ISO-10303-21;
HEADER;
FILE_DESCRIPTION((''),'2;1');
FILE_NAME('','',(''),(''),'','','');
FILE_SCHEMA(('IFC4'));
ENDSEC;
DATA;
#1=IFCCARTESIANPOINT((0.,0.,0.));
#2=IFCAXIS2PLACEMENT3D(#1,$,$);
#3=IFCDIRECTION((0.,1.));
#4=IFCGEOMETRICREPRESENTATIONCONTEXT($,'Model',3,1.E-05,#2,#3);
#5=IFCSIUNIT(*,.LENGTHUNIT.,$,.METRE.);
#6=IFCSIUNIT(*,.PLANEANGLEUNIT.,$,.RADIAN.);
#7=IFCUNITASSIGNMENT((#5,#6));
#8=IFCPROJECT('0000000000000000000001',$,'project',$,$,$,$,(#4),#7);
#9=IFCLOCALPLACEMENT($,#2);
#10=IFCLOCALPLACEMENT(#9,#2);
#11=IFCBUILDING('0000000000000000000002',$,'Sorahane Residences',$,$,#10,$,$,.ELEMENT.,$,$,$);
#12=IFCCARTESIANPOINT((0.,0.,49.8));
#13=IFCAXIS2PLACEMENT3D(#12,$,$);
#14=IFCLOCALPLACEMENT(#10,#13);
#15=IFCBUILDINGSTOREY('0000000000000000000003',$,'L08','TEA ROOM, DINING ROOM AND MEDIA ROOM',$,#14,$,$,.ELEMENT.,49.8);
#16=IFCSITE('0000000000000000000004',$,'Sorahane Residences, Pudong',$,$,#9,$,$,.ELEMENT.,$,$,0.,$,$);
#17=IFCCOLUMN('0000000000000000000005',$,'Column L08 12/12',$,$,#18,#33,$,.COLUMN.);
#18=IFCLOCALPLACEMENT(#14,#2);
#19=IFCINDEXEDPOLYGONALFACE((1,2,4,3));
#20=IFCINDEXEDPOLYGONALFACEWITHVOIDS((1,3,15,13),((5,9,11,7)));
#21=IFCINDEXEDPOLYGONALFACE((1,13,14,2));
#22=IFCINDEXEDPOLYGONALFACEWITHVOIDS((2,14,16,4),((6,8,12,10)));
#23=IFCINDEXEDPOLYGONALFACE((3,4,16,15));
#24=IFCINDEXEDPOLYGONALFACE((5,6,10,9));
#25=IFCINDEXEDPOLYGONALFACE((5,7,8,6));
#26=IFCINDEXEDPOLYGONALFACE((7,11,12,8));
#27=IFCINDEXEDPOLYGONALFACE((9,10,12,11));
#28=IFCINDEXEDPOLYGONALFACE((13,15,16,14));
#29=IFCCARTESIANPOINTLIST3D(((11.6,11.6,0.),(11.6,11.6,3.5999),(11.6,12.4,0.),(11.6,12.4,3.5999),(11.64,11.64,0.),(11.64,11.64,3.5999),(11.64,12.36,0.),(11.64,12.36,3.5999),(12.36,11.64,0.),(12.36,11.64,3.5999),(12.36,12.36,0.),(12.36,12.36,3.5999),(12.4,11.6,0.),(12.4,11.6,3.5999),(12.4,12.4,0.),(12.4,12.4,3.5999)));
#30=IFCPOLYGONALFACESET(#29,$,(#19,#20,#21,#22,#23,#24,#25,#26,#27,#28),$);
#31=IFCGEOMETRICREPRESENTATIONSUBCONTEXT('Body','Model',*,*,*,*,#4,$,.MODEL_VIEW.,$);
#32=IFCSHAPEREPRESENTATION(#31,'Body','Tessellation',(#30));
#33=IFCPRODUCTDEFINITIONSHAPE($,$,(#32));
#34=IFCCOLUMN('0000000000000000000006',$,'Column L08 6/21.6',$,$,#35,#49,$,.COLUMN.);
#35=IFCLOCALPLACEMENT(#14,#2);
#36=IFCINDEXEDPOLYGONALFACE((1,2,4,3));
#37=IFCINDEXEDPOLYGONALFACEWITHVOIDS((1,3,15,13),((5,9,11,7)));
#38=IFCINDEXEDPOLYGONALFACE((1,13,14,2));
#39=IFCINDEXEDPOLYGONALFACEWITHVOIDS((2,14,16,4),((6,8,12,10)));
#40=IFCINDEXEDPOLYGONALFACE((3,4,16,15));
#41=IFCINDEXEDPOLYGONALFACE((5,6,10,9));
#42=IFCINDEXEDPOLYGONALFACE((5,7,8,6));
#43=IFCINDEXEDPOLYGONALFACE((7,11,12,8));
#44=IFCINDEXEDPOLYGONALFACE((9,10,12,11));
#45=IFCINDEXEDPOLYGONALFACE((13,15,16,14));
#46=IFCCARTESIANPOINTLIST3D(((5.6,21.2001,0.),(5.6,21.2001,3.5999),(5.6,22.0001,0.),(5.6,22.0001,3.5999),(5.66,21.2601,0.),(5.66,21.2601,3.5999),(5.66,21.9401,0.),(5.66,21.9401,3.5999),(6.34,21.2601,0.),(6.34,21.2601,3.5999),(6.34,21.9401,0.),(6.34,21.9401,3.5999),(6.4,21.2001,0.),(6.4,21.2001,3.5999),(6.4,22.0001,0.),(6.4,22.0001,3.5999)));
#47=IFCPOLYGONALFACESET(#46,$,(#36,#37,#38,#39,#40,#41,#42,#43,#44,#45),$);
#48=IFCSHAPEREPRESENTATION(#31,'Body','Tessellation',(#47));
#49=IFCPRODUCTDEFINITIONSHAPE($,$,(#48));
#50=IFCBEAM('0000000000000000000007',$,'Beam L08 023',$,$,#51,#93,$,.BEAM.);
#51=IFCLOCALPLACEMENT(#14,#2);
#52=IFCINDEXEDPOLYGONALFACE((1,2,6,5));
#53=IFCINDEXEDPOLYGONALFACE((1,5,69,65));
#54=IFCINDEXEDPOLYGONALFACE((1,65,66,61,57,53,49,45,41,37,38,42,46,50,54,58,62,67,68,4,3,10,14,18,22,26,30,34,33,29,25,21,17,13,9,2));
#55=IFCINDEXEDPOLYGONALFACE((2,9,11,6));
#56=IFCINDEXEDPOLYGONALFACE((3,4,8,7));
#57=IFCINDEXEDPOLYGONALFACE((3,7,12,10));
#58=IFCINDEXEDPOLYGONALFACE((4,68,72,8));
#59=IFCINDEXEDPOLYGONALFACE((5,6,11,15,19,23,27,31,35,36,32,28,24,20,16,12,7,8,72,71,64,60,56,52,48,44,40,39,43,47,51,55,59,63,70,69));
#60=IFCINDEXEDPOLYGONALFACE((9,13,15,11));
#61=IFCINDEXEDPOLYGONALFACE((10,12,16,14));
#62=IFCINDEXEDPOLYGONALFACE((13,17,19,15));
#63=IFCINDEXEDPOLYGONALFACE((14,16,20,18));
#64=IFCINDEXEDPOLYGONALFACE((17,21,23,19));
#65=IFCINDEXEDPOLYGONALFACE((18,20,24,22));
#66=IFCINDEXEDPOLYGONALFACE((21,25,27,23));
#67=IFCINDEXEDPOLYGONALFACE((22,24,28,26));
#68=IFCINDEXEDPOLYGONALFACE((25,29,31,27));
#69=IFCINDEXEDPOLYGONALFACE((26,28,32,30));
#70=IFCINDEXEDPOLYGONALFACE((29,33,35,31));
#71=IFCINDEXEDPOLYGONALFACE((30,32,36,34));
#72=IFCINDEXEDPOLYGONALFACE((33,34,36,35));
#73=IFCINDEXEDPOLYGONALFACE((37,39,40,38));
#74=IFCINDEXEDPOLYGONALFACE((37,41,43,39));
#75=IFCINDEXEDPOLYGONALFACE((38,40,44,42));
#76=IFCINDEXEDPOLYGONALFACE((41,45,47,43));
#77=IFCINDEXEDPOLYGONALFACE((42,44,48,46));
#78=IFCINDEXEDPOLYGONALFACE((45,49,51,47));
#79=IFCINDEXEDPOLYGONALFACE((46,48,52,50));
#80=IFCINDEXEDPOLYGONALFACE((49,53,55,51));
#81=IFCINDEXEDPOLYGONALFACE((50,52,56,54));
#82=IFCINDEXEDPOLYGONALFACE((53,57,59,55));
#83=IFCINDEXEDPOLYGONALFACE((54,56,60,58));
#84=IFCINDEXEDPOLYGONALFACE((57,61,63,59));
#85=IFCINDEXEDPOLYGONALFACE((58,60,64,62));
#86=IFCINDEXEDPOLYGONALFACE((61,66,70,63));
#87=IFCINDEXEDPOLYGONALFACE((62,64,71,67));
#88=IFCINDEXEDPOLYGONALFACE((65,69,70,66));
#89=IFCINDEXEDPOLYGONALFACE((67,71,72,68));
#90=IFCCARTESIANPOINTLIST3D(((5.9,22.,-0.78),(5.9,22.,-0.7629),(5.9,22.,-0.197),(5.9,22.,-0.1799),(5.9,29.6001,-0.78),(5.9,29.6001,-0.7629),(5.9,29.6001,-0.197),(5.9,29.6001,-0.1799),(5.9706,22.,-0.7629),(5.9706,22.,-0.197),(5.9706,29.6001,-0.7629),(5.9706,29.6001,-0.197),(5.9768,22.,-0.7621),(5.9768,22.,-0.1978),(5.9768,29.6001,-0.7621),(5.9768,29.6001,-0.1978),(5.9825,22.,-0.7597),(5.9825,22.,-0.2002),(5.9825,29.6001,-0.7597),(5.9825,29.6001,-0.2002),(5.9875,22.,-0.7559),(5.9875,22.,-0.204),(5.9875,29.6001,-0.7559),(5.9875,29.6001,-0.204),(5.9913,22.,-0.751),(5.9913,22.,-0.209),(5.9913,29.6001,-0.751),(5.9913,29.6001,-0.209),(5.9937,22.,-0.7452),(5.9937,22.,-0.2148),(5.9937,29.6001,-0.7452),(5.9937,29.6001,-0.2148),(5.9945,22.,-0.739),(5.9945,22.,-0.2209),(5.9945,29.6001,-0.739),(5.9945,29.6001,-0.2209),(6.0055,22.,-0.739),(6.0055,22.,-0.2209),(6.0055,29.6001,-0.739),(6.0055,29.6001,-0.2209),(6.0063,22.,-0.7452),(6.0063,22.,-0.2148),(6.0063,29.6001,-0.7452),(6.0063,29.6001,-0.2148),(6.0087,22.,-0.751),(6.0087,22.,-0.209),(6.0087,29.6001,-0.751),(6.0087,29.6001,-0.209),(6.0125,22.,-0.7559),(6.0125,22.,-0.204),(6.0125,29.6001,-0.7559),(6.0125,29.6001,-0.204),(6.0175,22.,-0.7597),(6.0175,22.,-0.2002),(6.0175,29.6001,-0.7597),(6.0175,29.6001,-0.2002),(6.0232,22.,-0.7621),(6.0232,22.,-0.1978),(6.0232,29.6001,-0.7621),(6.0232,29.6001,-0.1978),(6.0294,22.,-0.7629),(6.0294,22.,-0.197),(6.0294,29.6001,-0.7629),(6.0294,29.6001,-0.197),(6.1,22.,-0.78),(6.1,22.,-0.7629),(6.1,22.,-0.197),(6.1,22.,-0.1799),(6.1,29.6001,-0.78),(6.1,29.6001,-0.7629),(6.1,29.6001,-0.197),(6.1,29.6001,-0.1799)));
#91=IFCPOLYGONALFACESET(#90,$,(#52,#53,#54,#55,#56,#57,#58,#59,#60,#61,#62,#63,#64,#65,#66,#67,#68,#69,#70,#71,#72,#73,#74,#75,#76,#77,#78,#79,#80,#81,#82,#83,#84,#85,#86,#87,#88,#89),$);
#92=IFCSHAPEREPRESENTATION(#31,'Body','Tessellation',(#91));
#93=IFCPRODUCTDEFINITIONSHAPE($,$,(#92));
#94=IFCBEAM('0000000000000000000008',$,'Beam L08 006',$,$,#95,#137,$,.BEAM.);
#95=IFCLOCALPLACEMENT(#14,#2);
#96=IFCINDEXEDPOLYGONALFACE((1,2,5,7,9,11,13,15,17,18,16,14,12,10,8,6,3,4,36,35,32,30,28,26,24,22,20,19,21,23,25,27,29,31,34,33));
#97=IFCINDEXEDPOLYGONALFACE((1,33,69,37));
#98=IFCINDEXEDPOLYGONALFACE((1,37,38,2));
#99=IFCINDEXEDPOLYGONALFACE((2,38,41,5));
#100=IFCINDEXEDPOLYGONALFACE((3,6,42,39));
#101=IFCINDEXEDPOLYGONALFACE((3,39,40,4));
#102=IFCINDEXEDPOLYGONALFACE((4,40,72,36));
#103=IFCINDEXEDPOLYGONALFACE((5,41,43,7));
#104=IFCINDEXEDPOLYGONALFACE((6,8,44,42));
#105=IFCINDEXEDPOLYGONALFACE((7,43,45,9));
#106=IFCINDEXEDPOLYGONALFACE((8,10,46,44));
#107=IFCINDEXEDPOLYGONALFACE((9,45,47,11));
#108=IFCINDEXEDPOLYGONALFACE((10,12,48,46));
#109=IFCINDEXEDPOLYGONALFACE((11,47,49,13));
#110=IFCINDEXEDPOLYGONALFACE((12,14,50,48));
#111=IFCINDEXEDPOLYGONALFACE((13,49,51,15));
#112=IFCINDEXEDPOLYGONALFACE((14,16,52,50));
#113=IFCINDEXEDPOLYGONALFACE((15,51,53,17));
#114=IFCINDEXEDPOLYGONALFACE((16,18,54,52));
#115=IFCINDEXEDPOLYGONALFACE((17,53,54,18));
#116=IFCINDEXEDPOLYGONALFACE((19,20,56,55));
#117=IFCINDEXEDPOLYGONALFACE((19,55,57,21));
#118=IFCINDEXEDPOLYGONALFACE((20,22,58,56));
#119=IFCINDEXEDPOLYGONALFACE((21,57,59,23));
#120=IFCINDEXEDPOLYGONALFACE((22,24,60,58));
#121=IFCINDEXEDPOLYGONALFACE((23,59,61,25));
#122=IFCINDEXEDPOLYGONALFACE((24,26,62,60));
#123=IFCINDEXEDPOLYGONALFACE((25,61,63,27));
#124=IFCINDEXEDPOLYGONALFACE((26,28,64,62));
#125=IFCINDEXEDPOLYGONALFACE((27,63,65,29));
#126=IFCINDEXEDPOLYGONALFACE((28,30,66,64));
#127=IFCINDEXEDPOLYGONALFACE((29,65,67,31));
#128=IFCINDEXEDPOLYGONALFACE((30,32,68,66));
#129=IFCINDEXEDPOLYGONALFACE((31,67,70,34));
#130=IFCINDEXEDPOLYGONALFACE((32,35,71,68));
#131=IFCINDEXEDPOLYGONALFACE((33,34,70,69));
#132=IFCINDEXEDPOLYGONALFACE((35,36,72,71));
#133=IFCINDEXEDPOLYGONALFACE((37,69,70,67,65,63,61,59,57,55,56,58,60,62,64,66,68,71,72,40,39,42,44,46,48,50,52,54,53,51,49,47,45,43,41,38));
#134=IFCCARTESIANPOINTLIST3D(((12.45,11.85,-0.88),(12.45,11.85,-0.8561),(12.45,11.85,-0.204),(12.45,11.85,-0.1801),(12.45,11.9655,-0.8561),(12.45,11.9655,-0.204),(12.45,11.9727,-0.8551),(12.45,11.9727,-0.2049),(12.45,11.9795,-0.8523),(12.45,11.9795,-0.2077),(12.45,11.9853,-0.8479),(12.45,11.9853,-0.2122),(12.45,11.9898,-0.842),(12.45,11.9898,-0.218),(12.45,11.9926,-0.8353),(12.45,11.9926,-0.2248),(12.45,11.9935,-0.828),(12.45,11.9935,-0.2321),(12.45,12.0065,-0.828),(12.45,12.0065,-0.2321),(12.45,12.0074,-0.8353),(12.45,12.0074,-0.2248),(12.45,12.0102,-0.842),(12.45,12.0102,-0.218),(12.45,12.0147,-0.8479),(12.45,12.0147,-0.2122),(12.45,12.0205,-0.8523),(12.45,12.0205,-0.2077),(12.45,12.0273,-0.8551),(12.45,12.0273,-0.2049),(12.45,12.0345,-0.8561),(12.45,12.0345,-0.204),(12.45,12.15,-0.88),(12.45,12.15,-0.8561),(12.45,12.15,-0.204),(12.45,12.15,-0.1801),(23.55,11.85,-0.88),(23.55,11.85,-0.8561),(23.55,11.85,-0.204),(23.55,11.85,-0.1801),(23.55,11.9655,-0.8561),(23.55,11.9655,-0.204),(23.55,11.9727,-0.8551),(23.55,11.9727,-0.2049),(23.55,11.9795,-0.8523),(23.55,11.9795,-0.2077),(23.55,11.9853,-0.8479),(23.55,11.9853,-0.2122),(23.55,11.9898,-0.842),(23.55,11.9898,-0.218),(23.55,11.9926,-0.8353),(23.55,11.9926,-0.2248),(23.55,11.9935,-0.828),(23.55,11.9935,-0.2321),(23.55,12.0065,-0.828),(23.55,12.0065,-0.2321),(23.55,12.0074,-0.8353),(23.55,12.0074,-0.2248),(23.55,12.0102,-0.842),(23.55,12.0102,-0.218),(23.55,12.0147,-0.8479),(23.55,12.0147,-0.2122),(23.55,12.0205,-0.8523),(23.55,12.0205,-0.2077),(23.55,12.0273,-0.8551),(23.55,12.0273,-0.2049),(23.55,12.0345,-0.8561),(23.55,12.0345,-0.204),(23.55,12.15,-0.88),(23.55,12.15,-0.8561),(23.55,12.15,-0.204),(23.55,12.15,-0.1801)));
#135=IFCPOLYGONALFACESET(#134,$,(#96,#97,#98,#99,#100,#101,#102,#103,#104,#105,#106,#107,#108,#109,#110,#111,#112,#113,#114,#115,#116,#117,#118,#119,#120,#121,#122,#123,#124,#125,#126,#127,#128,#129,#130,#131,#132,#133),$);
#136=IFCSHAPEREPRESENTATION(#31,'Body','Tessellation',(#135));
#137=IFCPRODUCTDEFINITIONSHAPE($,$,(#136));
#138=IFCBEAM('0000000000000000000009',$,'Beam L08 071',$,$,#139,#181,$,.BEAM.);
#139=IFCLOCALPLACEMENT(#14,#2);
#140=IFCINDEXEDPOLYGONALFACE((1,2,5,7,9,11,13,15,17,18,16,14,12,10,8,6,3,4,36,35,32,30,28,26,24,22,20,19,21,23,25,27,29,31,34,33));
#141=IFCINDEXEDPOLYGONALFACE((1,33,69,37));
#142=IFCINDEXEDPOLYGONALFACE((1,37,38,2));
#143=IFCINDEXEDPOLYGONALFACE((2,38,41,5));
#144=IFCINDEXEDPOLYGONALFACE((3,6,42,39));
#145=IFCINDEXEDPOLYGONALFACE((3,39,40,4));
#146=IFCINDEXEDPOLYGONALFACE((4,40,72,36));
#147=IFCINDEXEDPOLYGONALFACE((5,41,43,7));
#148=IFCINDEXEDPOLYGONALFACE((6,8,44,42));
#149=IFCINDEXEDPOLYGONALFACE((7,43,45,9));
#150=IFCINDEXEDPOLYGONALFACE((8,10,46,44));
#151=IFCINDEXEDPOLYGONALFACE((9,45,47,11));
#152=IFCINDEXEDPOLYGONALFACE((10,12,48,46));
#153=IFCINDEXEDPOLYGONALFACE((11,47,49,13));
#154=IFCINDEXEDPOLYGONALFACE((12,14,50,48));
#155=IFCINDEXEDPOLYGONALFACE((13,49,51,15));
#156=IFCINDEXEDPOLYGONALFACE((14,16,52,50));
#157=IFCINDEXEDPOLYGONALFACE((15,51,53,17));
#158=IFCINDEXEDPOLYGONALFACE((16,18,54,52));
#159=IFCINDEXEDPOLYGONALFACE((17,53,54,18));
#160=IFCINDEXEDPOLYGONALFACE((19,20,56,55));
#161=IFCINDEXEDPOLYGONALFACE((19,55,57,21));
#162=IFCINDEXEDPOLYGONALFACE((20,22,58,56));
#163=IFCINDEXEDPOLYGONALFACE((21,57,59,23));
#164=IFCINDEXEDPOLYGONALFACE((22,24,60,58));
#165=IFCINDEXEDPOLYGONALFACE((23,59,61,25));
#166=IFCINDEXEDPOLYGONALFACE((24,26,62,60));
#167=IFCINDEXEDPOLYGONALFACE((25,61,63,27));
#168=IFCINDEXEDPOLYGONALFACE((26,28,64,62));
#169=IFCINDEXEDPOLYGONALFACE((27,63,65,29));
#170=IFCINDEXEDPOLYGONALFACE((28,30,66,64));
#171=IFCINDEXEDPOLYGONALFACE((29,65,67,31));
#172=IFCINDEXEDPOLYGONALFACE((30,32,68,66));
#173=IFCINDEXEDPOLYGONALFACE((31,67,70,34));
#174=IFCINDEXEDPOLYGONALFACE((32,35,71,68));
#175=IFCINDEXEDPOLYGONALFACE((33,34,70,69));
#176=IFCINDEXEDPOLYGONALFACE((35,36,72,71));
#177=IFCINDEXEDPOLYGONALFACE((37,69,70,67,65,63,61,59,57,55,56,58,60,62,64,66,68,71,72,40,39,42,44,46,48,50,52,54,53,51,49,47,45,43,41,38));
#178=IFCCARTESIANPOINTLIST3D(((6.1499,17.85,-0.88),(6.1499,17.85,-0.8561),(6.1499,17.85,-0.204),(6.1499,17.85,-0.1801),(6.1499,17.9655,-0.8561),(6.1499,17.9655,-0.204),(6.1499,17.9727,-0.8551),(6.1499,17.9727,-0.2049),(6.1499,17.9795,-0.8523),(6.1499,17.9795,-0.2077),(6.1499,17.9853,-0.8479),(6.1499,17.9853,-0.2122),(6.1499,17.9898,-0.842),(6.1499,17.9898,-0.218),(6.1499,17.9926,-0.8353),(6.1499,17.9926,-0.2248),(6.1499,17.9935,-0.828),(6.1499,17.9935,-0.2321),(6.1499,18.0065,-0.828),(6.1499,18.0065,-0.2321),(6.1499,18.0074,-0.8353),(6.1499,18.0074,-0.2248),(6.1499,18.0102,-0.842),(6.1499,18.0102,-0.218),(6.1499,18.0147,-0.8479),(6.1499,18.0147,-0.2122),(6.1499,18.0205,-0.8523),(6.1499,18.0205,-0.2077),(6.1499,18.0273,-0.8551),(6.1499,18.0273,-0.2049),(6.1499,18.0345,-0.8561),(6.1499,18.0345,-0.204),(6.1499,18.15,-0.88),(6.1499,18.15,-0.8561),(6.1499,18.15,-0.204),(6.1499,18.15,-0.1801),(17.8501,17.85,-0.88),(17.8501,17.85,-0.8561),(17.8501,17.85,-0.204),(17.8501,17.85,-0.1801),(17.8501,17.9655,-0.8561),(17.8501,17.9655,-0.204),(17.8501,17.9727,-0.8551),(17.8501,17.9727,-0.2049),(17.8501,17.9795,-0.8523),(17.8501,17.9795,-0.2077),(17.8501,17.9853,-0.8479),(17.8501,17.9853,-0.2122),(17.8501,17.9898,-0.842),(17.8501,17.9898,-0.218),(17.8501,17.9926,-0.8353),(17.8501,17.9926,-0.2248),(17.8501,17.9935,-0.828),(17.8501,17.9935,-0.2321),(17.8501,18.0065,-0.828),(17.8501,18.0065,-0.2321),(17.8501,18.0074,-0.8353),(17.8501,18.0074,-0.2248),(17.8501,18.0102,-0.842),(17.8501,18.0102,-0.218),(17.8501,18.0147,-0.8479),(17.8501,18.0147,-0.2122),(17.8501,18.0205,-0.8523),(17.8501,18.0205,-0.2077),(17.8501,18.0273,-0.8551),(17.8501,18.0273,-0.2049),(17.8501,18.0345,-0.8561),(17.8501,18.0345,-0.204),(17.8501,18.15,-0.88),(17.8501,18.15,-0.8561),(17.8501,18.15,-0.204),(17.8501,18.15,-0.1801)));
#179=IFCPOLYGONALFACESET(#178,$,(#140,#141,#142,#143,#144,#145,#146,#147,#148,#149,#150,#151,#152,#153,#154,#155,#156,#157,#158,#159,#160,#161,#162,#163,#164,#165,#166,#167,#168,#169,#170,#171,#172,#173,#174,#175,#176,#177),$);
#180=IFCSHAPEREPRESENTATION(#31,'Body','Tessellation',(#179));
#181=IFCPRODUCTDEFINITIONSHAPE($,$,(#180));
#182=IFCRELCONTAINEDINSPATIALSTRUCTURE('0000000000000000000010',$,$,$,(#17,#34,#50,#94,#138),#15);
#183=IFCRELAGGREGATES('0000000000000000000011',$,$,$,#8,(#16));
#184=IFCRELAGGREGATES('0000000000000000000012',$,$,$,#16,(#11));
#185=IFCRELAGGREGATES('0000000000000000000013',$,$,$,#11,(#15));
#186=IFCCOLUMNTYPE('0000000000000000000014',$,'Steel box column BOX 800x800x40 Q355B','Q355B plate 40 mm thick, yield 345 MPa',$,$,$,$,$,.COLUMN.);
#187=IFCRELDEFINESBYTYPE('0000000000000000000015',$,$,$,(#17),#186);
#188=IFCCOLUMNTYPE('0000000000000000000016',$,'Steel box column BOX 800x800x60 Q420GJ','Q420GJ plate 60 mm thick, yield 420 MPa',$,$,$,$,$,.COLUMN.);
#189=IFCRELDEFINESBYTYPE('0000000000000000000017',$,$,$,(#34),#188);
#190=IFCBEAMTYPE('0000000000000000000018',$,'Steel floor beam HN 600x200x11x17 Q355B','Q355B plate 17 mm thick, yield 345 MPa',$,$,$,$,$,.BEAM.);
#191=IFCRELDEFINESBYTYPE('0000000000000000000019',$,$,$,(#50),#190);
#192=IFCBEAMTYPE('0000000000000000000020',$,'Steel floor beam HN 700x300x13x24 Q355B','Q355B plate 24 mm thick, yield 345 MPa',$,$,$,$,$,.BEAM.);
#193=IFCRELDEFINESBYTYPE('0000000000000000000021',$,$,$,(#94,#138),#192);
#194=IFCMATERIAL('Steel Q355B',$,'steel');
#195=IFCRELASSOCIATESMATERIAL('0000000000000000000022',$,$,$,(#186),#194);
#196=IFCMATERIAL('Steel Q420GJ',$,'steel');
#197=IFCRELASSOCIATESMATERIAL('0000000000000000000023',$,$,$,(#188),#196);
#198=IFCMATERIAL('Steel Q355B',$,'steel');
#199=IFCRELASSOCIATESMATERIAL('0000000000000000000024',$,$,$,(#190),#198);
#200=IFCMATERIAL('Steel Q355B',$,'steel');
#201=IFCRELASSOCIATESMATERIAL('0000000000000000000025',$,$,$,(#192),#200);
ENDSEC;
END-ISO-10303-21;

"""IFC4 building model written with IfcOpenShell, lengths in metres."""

from ifc_helpers import new_model, si_unit, direction, frame, origin, origin_2d, place, context, subcontext, project, spatial, hollow_rectangle, i_section, extrude, material, material_profile, profile_set, type_object, element, save


model = new_model("IFC4")

# Units and contexts
model_context = context("Model", 3, precision=1e-05, world=origin(), true_north=direction((0.0, 1.0)))
body_context = subcontext(model_context, "Body", "Model", "MODEL_VIEW")
ifc_project = project(units=[si_unit("LENGTHUNIT", "METRE"), si_unit("PLANEANGLEUNIT", "RADIAN")], contexts=[model_context])

# Site, building, storey
site_placement = place(None, origin())
site = spatial("IfcSite", under=ifc_project, at=site_placement, Name="Sorahane Residences, Pudong", CompositionType="ELEMENT", RefElevation=0.0)
building_placement = place(site_placement, origin())
building = spatial("IfcBuilding", under=site, at=building_placement, Name="Sorahane Residences", CompositionType="ELEMENT")
storey_placement = place(building_placement, frame((0.0, 0.0, 49.8)))
storey = spatial("IfcBuildingStorey", under=building, at=storey_placement, Name="L08", Description="TEA ROOM, DINING ROOM AND MEDIA ROOM", CompositionType="ELEMENT", Elevation=49.8)

# Columns
ifc_material_1 = material(Name="Steel Q355B", Category="steel")
ifc_material_profile_1 = material_profile(ifc_material_1, hollow_rectangle(XDim=0.8, YDim=0.8, WallThickness=0.04, at=origin_2d()), Name="BOX 800x800x40")
ifc_profile_set_1 = profile_set([ifc_material_profile_1], Name="Steel Q355B")
column_type_1 = type_object("IfcColumnType", Name="Steel box column BOX 800x800x40 Q355B", Description="Q355B plate 40 mm thick, yield 345 MPa", PredefinedType="COLUMN", material=ifc_profile_set_1)
column_1_placement = place(storey_placement, frame((12.0, 12.0, 0.0), z_axis=(0.0, 0.0, 1.0), x_axis=(1.0, 0.0, 0.0)))
element("IfcColumn", 1, at=column_1_placement, inside=storey, type_object=column_type_1, Name="Column L08 12/12", PredefinedType="COLUMN", context=body_context, shape_type="SweptSolid", body=[
    extrude(hollow_rectangle(XDim=0.8, YDim=0.8, WallThickness=0.04, at=origin_2d()), origin(), (0.0, 0.0, 1.0), 3.5999),
])
ifc_material_2 = material(Name="Steel Q420GJ", Category="steel")
ifc_material_profile_2 = material_profile(ifc_material_2, hollow_rectangle(XDim=0.8, YDim=0.8, WallThickness=0.0601, at=origin_2d()), Name="BOX 800x800x60")
ifc_profile_set_2 = profile_set([ifc_material_profile_2], Name="Steel Q420GJ")
column_type_2 = type_object("IfcColumnType", Name="Steel box column BOX 800x800x60 Q420GJ", Description="Q420GJ plate 60 mm thick, yield 420 MPa", PredefinedType="COLUMN", material=ifc_profile_set_2)
column_2_placement = place(storey_placement, frame((6.0, 21.6001, 0.0), z_axis=(0.0, 0.0, 1.0), x_axis=(1.0, 0.0, 0.0)))
element("IfcColumn", 2, at=column_2_placement, inside=storey, type_object=column_type_2, Name="Column L08 6/21.6", PredefinedType="COLUMN", context=body_context, shape_type="SweptSolid", body=[
    extrude(hollow_rectangle(XDim=0.8, YDim=0.8, WallThickness=0.0601, at=origin_2d()), origin(), (0.0, 0.0, 1.0), 3.5999),
])

# Beams
ifc_material_3 = material(Name="Steel Q355B", Category="steel")
ifc_material_profile_3 = material_profile(ifc_material_3, i_section(OverallWidth=0.2, OverallDepth=0.6001, WebThickness=0.011, FlangeThickness=0.0171, FilletRadius=0.0239, at=origin_2d()), Name="HN 600x200x11x17")
ifc_profile_set_3 = profile_set([ifc_material_profile_3], Name="Steel Q355B")
beam_type_1 = type_object("IfcBeamType", Name="Steel floor beam HN 600x200x11x17 Q355B", Description="Q355B plate 17 mm thick, yield 345 MPa", PredefinedType="BEAM", material=ifc_profile_set_3)
beam_1_placement = place(storey_placement, frame((6.0, 22.0, -0.48), z_axis=(0.0, 1.0, 0.0), x_axis=(-1.0, 0.0, 0.0)))
element("IfcBeam", 3, at=beam_1_placement, inside=storey, type_object=beam_type_1, Name="Beam L08 023", PredefinedType="BEAM", context=body_context, shape_type="SweptSolid", body=[
    extrude(i_section(OverallWidth=0.2, OverallDepth=0.6001, WebThickness=0.011, FlangeThickness=0.0171, FilletRadius=0.0239, at=origin_2d()), origin(), (0.0, 0.0, 1.0), 7.6001),
])
ifc_material_4 = material(Name="Steel Q355B", Category="steel")
ifc_material_profile_4 = material_profile(ifc_material_4, i_section(OverallWidth=0.3, OverallDepth=0.7, WebThickness=0.0129, FlangeThickness=0.0239, FilletRadius=0.0281, at=origin_2d()), Name="HN 700x300x13x24")
ifc_profile_set_4 = profile_set([ifc_material_profile_4], Name="Steel Q355B")
beam_type_2 = type_object("IfcBeamType", Name="Steel floor beam HN 700x300x13x24 Q355B", Description="Q355B plate 24 mm thick, yield 345 MPa", PredefinedType="BEAM", material=ifc_profile_set_4)
beam_2_placement = place(storey_placement, frame((12.45, 12.0, -0.53), z_axis=(1.0, 0.0, 0.0), x_axis=(0.0, 1.0, 0.0)))
element("IfcBeam", 4, at=beam_2_placement, inside=storey, type_object=beam_type_2, Name="Beam L08 006", PredefinedType="BEAM", context=body_context, shape_type="SweptSolid", body=[
    extrude(i_section(OverallWidth=0.3, OverallDepth=0.7, WebThickness=0.0129, FlangeThickness=0.0239, FilletRadius=0.0281, at=origin_2d()), origin(), (0.0, 0.0, 1.0), 11.1001),
])
beam_3_placement = place(storey_placement, frame((6.1499, 18.0, -0.53), z_axis=(1.0, 0.0, 0.0), x_axis=(0.0, 1.0, 0.0)))
element("IfcBeam", 5, at=beam_3_placement, inside=storey, type_object=beam_type_2, Name="Beam L08 071", PredefinedType="BEAM", context=body_context, shape_type="SweptSolid", body=[
    extrude(i_section(OverallWidth=0.3, OverallDepth=0.7, WebThickness=0.0129, FlangeThickness=0.0239, FilletRadius=0.0281, at=origin_2d()), origin(), (0.0, 0.0, 1.0), 11.7002),
])

save(model, "model.ifc")
